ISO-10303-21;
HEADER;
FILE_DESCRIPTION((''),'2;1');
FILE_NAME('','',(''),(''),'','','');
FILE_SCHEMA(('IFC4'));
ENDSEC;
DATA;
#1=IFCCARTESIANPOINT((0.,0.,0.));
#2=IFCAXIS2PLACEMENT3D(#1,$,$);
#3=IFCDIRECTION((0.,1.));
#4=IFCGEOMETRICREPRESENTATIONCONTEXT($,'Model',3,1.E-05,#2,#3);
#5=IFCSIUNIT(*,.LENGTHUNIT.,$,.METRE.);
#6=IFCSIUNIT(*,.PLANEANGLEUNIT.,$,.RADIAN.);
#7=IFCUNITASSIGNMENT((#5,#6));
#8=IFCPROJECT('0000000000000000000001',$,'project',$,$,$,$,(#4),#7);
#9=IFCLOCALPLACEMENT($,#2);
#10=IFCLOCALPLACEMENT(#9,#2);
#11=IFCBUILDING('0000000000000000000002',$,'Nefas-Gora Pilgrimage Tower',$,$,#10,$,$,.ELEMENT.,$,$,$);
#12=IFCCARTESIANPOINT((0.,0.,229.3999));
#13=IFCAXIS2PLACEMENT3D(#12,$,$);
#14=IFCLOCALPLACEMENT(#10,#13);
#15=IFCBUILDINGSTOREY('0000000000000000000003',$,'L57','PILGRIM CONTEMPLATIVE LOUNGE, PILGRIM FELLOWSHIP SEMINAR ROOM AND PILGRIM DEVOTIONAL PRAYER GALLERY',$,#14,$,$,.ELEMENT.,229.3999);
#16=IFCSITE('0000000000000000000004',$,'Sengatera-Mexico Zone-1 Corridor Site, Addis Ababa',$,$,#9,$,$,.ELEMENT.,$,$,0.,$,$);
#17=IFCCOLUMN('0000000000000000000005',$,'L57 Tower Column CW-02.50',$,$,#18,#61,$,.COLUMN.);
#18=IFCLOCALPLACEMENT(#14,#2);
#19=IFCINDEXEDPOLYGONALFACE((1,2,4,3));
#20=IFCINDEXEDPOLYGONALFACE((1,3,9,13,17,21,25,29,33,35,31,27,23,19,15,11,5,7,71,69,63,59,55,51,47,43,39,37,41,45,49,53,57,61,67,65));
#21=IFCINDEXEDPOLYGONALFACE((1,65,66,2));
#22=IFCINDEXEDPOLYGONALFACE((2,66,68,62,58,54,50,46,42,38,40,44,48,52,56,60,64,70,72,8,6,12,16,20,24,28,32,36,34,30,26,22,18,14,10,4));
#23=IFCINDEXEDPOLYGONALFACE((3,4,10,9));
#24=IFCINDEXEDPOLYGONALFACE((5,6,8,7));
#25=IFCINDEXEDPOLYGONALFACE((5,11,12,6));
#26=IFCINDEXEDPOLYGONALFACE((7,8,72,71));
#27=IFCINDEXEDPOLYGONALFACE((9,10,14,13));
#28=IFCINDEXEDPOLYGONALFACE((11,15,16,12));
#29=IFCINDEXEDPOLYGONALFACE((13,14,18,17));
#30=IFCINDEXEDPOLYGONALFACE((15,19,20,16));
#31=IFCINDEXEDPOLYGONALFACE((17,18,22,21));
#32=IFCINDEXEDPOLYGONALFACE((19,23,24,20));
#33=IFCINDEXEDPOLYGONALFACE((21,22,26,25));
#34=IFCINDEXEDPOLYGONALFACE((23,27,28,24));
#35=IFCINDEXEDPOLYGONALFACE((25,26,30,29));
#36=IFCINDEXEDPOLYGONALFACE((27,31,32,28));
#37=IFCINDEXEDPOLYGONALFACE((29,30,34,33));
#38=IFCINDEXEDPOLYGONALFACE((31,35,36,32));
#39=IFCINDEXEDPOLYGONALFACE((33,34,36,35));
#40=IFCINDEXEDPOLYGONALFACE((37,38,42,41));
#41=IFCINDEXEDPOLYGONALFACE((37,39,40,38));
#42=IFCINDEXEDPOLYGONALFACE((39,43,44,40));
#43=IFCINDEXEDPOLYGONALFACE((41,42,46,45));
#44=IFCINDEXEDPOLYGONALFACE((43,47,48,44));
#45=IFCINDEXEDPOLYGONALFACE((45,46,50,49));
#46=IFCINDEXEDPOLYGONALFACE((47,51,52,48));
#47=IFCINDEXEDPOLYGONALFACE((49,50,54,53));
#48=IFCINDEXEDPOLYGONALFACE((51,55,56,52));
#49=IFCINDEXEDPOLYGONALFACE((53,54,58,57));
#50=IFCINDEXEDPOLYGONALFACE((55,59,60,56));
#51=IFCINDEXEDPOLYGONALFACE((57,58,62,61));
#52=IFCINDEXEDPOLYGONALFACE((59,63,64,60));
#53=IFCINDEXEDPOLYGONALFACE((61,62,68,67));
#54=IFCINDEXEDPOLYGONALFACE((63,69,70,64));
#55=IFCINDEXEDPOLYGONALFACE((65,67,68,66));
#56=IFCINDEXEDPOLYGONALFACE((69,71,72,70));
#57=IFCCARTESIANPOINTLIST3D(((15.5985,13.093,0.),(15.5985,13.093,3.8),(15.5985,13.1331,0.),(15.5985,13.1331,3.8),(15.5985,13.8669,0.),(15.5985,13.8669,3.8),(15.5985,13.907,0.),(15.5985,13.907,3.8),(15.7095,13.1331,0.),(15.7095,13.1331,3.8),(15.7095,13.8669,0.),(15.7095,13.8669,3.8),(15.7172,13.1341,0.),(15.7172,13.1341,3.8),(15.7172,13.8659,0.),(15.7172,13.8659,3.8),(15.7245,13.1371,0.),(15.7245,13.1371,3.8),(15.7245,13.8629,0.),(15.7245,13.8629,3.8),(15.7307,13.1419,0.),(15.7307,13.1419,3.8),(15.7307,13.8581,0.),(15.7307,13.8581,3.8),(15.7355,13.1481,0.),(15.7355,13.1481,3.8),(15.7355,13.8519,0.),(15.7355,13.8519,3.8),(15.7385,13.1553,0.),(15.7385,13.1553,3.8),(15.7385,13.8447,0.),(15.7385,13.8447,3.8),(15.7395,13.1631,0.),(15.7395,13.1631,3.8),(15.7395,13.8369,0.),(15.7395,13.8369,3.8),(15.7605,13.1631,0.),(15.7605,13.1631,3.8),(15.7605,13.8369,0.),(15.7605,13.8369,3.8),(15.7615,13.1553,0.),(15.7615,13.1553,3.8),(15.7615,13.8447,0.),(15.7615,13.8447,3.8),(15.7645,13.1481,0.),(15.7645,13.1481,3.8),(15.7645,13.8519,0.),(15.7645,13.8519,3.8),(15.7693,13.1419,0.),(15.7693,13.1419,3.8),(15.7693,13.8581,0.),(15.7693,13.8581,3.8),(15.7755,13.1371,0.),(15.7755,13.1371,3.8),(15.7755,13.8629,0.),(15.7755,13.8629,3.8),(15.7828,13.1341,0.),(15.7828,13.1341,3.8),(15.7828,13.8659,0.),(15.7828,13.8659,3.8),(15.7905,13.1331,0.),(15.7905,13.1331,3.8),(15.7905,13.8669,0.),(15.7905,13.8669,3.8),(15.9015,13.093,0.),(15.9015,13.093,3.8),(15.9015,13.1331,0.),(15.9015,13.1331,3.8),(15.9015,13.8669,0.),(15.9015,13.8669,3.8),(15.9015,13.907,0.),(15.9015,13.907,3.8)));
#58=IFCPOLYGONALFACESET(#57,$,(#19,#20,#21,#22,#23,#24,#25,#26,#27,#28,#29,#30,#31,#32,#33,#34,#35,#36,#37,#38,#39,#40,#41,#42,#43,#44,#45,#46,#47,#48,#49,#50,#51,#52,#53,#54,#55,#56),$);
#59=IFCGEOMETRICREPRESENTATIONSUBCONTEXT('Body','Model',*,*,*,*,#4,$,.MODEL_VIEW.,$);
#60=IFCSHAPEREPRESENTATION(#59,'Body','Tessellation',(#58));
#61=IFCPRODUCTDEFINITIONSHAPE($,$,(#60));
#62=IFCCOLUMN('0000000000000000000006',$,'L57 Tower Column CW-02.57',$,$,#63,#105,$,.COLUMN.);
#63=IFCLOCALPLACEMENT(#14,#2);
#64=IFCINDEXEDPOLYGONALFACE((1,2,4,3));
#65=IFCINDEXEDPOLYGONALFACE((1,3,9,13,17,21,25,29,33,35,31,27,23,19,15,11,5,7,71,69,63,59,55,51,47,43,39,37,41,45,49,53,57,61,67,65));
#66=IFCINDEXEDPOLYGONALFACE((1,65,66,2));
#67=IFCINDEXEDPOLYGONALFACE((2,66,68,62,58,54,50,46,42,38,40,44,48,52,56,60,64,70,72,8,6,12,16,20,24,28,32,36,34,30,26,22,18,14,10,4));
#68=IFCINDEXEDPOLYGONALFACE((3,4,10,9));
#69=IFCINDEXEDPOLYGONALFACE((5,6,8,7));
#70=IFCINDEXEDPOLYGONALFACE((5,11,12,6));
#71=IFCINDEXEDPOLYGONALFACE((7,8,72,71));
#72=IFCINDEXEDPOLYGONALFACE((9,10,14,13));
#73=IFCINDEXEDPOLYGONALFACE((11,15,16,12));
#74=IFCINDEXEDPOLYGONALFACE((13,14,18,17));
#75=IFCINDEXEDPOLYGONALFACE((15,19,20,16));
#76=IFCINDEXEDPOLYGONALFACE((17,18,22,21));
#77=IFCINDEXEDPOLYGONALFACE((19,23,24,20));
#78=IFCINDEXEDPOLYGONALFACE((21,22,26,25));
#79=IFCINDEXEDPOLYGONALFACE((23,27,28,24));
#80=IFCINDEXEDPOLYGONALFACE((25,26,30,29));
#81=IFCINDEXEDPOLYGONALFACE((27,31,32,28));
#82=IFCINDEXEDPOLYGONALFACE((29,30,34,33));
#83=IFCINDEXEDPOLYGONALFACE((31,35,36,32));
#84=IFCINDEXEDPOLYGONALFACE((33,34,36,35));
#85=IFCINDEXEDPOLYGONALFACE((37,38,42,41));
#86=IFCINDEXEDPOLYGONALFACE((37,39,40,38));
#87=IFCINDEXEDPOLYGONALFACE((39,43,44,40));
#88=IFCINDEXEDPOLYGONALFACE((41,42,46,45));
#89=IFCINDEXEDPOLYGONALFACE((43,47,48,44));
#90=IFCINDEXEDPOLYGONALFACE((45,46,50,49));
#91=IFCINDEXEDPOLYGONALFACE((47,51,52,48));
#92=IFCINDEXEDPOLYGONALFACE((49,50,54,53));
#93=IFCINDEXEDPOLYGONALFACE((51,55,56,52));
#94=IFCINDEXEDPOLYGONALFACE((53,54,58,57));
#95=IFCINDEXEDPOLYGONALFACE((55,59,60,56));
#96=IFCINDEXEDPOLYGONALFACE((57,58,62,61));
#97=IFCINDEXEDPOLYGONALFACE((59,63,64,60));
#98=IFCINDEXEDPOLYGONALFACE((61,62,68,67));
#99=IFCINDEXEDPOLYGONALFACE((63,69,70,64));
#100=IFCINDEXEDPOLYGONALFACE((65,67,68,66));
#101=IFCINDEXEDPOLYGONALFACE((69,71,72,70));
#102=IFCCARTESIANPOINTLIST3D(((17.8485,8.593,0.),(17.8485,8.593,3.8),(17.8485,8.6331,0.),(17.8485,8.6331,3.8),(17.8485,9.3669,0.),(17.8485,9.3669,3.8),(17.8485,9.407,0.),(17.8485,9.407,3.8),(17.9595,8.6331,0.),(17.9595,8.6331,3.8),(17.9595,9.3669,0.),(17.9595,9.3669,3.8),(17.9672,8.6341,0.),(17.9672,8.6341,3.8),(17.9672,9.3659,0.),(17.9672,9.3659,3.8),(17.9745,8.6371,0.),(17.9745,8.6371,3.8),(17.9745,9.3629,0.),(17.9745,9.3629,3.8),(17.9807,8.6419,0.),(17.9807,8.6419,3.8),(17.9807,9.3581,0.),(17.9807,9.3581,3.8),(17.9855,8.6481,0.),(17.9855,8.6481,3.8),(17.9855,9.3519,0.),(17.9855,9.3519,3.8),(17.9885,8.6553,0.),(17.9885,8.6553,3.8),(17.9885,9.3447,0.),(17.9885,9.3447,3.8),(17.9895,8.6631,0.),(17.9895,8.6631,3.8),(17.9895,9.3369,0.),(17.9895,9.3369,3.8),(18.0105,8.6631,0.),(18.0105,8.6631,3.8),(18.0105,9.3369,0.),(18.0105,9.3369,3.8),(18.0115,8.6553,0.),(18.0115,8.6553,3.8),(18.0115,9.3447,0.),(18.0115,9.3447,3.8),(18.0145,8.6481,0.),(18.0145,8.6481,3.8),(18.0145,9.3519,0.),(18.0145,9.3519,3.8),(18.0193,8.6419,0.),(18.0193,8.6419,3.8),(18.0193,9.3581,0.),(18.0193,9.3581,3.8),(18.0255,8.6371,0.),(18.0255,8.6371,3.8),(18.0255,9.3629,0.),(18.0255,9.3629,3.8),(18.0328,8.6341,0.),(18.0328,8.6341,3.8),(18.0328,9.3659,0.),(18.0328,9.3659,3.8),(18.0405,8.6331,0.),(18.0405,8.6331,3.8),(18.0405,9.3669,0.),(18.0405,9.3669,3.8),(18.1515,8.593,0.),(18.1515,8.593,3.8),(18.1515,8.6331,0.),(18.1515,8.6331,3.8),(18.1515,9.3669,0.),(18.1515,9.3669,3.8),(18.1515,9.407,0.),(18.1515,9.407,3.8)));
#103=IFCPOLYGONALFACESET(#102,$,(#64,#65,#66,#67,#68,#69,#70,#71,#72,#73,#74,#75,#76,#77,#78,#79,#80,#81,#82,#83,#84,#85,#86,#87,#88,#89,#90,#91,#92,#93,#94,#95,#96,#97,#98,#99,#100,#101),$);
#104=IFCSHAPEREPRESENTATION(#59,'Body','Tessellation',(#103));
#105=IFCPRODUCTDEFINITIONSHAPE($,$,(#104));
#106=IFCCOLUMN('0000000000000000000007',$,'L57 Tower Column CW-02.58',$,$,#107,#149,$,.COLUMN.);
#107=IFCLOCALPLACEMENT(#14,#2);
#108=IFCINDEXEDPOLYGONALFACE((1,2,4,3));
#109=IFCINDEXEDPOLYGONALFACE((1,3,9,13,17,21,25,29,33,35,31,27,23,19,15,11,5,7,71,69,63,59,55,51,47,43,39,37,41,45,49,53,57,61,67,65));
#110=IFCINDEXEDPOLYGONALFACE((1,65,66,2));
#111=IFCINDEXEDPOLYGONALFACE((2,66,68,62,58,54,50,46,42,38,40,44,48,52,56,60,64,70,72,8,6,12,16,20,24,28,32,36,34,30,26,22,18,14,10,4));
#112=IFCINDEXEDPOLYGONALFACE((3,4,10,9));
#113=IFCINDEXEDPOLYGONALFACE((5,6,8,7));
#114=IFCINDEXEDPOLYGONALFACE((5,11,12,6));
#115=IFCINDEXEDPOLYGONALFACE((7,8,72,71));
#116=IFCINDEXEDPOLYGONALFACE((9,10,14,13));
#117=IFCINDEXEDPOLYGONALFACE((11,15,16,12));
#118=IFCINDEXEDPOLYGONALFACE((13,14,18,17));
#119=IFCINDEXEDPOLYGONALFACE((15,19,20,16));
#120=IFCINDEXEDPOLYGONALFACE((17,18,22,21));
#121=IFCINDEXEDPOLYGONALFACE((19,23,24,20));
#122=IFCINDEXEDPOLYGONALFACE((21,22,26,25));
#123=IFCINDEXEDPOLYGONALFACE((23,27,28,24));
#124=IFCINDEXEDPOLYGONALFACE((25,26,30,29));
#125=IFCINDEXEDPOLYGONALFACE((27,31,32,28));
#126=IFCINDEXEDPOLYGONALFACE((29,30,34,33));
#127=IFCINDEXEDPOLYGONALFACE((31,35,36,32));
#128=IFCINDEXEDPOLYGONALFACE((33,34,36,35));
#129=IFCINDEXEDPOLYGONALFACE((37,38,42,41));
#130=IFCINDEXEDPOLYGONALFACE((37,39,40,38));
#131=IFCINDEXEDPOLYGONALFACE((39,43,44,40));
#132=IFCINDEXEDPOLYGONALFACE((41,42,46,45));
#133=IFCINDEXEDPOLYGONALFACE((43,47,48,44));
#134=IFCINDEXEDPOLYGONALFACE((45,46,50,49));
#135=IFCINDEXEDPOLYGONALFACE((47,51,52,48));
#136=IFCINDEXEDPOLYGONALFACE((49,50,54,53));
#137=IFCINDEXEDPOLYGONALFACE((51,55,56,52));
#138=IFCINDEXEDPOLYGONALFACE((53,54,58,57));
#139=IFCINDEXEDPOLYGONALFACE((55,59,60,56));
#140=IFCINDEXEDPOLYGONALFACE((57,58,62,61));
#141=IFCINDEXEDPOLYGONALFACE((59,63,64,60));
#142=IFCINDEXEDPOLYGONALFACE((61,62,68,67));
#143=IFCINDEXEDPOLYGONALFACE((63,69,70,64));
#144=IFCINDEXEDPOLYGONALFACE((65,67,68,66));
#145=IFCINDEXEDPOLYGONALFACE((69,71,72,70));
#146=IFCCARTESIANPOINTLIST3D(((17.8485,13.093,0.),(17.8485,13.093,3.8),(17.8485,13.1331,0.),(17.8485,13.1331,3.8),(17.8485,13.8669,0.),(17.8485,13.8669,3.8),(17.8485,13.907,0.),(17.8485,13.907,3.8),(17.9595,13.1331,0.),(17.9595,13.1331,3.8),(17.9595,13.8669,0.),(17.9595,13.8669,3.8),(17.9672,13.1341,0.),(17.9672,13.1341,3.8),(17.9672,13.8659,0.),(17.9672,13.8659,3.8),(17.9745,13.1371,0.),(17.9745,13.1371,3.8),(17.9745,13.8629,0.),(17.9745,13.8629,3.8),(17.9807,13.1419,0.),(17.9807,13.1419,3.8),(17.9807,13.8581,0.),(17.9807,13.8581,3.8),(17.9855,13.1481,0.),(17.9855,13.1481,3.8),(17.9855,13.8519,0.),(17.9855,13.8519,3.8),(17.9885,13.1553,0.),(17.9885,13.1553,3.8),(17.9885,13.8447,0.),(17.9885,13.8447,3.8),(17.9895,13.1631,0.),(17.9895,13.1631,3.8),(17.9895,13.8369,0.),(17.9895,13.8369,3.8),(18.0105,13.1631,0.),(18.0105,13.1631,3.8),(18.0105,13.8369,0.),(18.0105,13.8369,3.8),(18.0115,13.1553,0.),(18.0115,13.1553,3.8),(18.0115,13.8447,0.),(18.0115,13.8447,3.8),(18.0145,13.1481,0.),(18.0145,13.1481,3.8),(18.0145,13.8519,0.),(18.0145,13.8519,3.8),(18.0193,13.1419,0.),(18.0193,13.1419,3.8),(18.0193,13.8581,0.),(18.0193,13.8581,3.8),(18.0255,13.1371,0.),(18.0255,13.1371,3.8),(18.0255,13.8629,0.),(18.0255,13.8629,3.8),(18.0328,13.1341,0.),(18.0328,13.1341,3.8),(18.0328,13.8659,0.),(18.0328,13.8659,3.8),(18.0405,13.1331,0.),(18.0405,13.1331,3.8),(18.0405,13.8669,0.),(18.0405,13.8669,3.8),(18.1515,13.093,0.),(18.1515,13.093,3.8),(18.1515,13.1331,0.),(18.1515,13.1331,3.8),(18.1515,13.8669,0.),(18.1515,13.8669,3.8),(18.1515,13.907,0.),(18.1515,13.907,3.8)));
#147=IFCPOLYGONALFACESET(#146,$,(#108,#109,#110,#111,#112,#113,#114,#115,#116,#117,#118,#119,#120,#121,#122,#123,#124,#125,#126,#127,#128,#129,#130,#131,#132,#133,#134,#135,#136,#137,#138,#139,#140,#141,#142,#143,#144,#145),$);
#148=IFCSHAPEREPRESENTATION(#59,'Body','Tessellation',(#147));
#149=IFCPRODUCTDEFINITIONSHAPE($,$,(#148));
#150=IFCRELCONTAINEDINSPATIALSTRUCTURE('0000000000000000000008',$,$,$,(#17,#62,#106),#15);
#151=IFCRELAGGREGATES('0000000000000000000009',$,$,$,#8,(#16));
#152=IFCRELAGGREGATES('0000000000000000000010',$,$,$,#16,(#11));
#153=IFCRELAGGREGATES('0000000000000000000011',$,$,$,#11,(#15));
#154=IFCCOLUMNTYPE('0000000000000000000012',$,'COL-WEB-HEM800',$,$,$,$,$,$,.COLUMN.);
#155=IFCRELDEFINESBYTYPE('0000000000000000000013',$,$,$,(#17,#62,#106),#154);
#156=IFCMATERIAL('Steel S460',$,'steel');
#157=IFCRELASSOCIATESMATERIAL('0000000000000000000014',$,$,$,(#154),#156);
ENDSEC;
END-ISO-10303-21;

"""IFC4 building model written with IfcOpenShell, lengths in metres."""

from ifc_helpers import new_model, si_unit, direction, frame, origin, origin_2d, place, context, subcontext, project, spatial, i_section, extrude, source, transform, mapped, material, material_profile, profile_set, type_object, element, save


model = new_model("IFC4")

# Units and contexts
model_context = context("Model", 3, precision=1e-05, world=origin(), true_north=direction((0.0, 1.0)))
body_context = subcontext(model_context, "Body", "Model", "MODEL_VIEW")
ifc_project = project(units=[si_unit("LENGTHUNIT", "METRE"), si_unit("PLANEANGLEUNIT", "RADIAN")], contexts=[model_context])

# Site, building, storey
site_placement = place(None, origin())
site = spatial("IfcSite", under=ifc_project, at=site_placement, Name="Sengatera-Mexico Zone-1 Corridor Site, Addis Ababa", CompositionType="ELEMENT", RefElevation=0.0)
building_placement = place(site_placement, origin())
building = spatial("IfcBuilding", under=site, at=building_placement, Name="Nefas-Gora Pilgrimage Tower", CompositionType="ELEMENT")
storey_placement = place(building_placement, frame((0.0, 0.0, 229.3999)))
storey = spatial("IfcBuildingStorey", under=building, at=storey_placement, Name="L57", Description="PILGRIM CONTEMPLATIVE LOUNGE, PILGRIM FELLOWSHIP SEMINAR ROOM AND PILGRIM DEVOTIONAL PRAYER GALLERY", CompositionType="ELEMENT", Elevation=229.3999)

# Columns
ifc_material_1 = material(Name="Steel S460", Category="steel")
ifc_material_profile_1 = material_profile(ifc_material_1, i_section(OverallWidth=0.303, OverallDepth=0.814, WebThickness=0.021, FlangeThickness=0.04, FilletRadius=0.03, at=origin_2d()), Name="HEM 800")
ifc_profile_set_1 = profile_set([ifc_material_profile_1], Name="Steel S460")
column_type_1 = type_object("IfcColumnType", Name="COL-WEB-HEM800", PredefinedType="COLUMN", material=ifc_profile_set_1)
shared_shape_1 = source(origin(), body_context, "Body", "SweptSolid", [
    extrude(i_section(OverallWidth=0.303, OverallDepth=0.814, WebThickness=0.021, FlangeThickness=0.04, FilletRadius=0.03, at=origin_2d()), origin(), (0.0, 0.0, 1.0), 3.8),
])
for number, where, z_axis, x_axis, name in (
    (1, (15.75, 13.5, 0.0), (0.0, 0.0, 1.0), (1.0, 0.0, 0.0), "L57 Tower Column CW-02.50"),
    (2, (18.0, 9.0, 0.0), (0.0, 0.0, 1.0), (1.0, 0.0, 0.0), "L57 Tower Column CW-02.57"),
    (3, (18.0, 13.5, 0.0), (0.0, 0.0, 1.0), (1.0, 0.0, 0.0), "L57 Tower Column CW-02.58"),
):
    element("IfcColumn", number, at=place(storey_placement, frame(where, z_axis=z_axis, x_axis=x_axis)), inside=storey, type_object=column_type_1, Name=name, PredefinedType="COLUMN", context=body_context, shape_type="MappedRepresentation", body=[
        mapped(shared_shape_1, transform((0.0, 0.0, 0.0), x_axis=(1.0, 0.0, 0.0), y_axis=(0.0, 1.0, 0.0), z_axis=(0.0, 0.0, 1.0), scale=1.0)),
    ])

save(model, "model.ifc")
